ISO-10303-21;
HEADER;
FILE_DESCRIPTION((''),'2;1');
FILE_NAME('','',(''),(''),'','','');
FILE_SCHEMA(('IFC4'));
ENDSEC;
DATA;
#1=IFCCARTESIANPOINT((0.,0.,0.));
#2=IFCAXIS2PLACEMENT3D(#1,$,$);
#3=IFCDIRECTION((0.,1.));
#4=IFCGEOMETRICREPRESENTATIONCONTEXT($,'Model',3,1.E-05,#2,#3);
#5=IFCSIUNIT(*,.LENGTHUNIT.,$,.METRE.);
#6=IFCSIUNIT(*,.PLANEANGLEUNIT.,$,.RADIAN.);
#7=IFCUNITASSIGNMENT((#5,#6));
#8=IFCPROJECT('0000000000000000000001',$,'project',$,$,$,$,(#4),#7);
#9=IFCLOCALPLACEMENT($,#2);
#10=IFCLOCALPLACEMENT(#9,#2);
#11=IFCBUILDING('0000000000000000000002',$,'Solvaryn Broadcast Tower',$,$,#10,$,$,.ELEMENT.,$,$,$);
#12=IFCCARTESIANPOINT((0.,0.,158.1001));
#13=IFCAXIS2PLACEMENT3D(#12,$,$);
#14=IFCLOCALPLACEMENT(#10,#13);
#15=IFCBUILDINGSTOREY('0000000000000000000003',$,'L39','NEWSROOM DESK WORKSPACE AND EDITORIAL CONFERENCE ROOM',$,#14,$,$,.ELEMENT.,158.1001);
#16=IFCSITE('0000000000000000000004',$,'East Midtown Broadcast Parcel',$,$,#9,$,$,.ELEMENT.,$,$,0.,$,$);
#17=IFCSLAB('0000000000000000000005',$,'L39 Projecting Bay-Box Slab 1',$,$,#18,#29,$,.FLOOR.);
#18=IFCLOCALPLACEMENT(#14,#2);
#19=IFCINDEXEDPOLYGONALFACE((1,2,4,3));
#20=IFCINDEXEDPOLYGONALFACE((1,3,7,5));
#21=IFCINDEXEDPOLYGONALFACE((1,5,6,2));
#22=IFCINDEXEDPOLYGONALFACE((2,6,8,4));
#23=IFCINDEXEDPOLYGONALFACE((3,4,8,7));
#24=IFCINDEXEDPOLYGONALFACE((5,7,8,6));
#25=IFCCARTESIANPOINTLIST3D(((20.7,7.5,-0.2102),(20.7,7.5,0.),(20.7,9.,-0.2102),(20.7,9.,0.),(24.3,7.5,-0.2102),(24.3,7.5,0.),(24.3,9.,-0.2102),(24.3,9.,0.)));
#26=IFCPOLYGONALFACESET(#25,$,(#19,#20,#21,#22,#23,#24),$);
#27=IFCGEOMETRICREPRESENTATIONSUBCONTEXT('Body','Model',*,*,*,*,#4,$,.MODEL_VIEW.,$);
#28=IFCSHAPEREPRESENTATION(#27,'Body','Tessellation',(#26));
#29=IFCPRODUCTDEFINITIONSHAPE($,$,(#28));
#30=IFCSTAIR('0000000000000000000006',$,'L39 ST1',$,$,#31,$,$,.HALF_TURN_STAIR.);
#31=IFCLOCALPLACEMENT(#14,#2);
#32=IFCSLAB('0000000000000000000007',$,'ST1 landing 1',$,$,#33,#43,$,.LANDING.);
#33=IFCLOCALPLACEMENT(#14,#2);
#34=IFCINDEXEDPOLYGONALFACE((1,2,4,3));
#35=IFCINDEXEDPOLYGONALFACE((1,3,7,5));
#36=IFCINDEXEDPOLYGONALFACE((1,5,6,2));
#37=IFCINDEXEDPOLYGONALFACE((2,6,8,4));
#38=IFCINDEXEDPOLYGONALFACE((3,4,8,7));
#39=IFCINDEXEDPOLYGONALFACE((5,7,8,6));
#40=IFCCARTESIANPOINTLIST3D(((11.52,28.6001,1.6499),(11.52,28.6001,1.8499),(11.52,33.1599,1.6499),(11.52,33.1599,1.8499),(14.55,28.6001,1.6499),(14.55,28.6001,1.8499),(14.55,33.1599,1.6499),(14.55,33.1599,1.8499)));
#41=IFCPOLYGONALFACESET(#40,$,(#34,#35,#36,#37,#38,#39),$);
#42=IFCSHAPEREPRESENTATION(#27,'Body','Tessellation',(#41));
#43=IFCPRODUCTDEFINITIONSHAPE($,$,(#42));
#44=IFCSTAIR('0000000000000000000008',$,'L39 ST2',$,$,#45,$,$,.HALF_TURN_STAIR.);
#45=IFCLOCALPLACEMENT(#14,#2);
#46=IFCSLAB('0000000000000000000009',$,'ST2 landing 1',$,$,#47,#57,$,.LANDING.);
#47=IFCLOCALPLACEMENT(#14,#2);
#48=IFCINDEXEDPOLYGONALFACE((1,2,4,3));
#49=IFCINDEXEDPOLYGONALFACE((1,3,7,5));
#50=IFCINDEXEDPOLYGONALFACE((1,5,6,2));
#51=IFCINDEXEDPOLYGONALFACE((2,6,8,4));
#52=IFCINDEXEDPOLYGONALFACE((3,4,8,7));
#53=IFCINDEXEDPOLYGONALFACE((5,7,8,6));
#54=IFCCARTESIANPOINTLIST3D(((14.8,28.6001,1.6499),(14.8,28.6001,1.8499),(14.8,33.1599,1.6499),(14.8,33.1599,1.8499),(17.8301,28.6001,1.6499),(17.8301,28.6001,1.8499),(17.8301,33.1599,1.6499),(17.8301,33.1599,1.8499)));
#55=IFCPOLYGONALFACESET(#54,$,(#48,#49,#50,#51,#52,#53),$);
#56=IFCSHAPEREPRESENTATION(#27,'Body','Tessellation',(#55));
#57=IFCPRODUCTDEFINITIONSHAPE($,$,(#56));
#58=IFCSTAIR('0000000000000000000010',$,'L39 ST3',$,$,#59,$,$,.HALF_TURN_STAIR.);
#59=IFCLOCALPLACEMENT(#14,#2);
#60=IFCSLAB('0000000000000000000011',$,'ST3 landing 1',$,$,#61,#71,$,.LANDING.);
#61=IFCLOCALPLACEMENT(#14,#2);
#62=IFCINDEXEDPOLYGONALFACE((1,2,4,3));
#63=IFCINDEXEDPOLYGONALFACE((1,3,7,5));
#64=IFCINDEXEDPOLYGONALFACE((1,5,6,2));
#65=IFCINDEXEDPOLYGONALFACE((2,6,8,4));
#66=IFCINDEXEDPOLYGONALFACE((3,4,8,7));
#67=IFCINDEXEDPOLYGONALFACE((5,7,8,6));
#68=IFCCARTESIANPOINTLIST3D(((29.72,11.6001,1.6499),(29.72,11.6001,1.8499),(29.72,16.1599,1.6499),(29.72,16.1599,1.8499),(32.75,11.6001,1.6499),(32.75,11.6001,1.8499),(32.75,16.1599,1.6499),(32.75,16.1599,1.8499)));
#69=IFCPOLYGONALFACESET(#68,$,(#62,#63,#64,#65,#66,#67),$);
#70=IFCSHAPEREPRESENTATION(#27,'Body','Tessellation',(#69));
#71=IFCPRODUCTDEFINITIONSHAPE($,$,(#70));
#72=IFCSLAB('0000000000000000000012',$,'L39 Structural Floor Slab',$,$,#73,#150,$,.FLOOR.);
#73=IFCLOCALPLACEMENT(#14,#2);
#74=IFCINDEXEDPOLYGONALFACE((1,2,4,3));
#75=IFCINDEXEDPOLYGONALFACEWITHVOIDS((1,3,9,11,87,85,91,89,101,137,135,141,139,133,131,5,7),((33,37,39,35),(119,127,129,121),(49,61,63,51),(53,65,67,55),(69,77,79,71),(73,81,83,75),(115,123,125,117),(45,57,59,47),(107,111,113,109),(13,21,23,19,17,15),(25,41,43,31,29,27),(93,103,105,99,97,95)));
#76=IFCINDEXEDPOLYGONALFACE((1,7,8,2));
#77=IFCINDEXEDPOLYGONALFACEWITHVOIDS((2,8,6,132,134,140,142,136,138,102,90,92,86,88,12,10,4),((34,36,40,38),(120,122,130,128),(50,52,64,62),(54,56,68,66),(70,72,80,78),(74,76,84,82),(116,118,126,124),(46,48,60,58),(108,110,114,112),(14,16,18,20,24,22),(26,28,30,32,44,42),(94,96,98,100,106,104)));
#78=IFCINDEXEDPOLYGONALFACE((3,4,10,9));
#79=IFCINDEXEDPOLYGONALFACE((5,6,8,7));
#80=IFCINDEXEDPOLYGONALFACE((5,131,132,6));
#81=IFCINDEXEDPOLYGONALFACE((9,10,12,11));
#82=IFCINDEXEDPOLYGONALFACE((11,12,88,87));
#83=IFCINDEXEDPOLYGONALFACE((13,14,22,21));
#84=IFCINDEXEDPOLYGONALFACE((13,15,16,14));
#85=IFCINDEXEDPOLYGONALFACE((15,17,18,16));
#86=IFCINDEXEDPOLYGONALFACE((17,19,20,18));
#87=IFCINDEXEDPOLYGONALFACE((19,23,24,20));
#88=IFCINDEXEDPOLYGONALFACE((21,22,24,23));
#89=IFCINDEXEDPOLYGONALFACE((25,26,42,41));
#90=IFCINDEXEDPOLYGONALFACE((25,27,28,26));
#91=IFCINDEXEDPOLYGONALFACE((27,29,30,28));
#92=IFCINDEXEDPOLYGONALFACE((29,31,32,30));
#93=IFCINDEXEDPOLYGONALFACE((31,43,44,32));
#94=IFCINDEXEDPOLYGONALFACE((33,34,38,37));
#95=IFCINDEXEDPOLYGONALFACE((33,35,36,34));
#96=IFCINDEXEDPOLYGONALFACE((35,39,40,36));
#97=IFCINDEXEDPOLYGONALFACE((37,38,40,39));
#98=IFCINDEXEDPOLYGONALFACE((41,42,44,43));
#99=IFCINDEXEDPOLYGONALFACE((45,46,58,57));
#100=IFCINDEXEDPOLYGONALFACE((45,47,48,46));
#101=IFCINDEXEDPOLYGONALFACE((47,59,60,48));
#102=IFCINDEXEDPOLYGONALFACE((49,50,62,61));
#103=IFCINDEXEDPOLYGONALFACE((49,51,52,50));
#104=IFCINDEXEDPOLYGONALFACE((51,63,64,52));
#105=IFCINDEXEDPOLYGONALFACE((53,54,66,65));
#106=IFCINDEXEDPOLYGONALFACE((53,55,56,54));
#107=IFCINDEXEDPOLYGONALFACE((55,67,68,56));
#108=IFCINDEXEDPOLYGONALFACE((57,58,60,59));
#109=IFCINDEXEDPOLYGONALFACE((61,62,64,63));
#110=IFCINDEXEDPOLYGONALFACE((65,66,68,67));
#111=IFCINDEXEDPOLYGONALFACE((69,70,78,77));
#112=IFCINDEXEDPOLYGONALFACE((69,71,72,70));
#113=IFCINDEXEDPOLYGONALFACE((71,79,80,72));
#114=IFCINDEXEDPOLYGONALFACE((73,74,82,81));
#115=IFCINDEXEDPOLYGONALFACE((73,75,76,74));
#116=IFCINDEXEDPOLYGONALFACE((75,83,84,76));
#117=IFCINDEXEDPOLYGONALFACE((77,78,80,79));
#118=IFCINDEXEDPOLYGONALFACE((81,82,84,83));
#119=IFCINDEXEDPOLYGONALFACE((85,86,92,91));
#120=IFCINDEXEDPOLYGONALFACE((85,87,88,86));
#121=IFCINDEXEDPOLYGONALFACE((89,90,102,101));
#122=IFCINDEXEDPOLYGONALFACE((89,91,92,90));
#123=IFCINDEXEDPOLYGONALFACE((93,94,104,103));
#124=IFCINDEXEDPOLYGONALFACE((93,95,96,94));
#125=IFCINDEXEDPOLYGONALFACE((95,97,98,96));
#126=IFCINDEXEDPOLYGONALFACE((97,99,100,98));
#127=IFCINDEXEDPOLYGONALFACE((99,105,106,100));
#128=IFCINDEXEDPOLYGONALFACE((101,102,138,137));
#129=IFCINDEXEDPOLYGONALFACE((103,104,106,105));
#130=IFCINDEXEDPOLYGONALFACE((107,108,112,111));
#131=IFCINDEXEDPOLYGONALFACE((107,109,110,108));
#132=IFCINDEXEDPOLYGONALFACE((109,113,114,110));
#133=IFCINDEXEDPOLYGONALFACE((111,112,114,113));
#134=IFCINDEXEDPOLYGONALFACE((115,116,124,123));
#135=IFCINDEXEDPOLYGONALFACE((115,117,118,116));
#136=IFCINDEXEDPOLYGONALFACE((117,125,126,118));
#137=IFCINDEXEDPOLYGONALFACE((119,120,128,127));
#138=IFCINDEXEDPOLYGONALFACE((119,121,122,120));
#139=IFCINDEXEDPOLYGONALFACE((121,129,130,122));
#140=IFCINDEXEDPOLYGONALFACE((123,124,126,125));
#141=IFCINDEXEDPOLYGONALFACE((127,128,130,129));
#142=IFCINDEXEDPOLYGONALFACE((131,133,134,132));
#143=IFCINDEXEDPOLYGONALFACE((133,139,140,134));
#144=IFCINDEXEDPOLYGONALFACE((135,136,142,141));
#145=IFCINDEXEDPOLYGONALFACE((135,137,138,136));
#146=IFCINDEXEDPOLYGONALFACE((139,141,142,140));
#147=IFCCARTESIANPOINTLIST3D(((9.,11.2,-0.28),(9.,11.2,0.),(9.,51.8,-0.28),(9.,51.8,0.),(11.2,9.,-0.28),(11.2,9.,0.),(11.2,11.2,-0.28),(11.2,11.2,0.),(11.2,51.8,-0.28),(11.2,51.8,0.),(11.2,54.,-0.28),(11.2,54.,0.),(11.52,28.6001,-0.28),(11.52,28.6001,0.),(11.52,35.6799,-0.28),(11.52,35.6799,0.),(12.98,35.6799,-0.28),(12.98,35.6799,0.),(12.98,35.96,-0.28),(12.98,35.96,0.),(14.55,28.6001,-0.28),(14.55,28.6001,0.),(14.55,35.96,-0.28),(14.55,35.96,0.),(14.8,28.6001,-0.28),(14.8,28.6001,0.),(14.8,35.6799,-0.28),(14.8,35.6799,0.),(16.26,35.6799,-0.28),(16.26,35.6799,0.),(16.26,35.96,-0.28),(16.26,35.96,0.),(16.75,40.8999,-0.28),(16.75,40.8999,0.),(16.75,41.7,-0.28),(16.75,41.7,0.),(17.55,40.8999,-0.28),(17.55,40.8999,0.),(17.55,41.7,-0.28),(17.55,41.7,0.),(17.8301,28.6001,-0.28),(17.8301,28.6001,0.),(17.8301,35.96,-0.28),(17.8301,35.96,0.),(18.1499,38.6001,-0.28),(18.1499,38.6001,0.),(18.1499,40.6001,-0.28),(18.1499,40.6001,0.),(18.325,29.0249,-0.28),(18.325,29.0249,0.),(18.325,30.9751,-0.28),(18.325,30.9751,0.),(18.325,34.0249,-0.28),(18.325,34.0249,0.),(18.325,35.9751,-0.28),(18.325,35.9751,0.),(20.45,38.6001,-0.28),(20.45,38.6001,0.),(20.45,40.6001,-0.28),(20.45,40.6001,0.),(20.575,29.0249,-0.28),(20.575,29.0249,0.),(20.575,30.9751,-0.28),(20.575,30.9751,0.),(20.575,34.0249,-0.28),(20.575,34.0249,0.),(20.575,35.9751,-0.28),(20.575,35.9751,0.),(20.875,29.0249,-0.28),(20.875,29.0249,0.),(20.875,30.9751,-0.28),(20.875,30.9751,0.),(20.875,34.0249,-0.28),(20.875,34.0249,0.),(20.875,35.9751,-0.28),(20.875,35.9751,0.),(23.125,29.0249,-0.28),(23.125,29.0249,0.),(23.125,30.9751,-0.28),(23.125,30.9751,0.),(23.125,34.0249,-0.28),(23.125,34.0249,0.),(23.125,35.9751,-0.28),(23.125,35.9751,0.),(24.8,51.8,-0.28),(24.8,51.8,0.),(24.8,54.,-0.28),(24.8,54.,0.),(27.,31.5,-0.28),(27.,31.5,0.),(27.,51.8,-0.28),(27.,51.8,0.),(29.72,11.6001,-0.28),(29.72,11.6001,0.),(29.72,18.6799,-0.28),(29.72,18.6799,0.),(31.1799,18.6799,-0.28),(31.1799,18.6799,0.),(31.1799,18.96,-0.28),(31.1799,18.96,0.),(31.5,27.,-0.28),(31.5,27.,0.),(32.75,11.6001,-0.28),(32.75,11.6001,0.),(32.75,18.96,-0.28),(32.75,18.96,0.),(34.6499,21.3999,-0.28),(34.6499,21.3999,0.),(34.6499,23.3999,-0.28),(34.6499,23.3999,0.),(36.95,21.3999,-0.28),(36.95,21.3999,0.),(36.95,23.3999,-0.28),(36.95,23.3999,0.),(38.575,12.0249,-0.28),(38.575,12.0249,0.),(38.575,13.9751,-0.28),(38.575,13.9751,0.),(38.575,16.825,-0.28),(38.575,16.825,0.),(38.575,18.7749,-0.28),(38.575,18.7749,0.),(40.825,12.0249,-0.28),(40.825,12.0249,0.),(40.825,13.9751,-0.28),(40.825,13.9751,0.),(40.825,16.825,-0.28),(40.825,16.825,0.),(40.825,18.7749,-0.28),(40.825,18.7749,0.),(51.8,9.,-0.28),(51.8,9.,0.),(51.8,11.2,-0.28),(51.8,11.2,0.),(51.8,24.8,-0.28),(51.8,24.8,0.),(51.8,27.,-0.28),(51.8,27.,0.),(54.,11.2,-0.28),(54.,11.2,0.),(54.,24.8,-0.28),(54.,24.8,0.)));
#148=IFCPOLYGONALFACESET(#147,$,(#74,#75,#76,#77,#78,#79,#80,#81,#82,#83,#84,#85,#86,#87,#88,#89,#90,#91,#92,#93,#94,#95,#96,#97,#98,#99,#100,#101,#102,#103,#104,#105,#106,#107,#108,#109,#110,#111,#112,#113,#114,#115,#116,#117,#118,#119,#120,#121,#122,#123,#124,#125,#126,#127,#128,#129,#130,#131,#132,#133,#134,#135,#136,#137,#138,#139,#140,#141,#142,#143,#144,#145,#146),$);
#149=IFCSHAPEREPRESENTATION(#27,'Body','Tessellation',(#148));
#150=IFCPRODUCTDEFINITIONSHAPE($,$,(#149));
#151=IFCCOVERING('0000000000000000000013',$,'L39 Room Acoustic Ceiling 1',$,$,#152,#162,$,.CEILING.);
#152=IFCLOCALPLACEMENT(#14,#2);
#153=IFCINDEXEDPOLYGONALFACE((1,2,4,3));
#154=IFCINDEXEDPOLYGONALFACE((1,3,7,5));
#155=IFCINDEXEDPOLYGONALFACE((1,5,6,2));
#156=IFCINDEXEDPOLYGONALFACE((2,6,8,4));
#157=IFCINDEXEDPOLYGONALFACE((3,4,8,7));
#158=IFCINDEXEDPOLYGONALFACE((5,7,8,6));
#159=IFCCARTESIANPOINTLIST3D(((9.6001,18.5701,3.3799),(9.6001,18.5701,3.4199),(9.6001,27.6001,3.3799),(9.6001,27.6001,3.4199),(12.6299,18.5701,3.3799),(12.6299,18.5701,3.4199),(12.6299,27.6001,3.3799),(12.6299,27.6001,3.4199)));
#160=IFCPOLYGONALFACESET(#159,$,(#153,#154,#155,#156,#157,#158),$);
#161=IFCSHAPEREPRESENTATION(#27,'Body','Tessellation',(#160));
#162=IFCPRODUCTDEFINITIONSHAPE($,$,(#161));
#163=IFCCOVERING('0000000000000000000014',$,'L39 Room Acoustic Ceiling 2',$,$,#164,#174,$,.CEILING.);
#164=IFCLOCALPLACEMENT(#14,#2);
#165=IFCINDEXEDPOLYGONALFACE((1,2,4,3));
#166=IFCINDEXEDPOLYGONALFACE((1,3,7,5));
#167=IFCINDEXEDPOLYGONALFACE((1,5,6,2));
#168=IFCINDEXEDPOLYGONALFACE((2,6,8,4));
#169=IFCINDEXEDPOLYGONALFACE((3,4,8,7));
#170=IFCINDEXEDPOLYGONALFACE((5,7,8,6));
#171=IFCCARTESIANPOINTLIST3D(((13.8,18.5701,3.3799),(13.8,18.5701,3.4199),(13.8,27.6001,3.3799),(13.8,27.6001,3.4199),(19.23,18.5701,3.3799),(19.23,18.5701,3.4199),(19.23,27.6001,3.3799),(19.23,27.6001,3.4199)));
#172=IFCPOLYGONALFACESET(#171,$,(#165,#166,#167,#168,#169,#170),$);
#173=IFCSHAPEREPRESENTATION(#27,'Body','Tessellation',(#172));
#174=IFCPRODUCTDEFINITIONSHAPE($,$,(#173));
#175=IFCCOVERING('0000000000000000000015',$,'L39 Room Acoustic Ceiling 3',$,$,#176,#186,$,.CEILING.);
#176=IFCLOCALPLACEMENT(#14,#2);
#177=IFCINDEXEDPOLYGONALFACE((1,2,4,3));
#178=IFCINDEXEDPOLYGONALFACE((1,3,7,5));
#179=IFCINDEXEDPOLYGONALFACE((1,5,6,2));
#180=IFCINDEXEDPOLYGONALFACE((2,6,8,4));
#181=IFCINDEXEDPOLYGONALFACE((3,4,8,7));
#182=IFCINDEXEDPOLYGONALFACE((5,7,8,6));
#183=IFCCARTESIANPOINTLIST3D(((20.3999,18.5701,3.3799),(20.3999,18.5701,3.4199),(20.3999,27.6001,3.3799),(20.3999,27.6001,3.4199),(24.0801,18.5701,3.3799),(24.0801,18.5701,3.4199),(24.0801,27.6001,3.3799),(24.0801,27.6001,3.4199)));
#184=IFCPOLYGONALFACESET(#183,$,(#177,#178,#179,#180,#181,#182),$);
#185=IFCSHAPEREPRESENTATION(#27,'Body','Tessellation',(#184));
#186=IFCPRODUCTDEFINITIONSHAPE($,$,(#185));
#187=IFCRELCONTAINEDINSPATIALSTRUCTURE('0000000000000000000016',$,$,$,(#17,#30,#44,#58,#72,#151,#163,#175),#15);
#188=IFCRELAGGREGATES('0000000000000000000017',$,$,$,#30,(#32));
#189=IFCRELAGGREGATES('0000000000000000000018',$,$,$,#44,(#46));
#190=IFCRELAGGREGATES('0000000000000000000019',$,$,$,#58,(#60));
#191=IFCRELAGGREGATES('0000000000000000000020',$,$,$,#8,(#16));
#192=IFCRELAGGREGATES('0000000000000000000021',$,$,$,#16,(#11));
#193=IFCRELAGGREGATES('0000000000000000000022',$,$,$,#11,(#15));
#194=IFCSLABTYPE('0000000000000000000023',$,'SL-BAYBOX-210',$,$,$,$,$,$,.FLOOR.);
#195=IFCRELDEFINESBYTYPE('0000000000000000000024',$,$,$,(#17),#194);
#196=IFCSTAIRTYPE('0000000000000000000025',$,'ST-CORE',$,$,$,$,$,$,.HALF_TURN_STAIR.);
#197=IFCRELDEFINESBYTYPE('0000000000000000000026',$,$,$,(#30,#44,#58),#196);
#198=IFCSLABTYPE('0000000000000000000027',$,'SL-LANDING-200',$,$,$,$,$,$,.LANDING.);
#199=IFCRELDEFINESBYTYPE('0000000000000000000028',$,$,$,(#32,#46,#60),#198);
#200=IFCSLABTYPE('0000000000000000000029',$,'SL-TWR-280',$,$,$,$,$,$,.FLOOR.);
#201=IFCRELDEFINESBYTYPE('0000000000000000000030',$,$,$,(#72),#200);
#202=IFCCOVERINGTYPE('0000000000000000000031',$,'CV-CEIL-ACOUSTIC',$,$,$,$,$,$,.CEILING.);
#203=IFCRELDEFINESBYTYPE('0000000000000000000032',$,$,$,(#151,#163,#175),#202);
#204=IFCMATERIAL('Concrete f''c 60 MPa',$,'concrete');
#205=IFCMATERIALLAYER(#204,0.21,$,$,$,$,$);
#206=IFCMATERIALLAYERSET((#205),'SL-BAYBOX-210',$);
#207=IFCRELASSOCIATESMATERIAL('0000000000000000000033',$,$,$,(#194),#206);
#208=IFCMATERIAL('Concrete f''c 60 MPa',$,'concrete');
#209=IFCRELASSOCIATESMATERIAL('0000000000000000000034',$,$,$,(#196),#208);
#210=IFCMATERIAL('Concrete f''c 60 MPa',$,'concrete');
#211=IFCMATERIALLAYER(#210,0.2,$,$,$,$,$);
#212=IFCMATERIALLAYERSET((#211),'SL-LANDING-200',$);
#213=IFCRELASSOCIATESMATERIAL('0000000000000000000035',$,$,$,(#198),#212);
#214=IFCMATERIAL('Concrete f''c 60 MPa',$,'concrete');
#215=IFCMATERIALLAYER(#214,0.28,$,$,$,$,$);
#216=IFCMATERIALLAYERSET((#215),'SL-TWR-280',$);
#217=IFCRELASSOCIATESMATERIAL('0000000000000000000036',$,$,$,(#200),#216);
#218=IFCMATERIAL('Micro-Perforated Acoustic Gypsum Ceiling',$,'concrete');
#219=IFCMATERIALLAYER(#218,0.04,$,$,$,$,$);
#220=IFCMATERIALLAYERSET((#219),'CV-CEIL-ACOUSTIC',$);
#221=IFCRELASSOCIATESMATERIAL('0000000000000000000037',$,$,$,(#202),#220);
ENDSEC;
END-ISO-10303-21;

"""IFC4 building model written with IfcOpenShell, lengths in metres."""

from ifc_helpers import new_model, si_unit, direction, frame, origin, place, context, subcontext, project, spatial, polyline, outline, extrude, material, layer, layer_set, type_object, element, aggregate, save


model = new_model("IFC4")

# Units and contexts
model_context = context("Model", 3, precision=1e-05, world=origin(), true_north=direction((0.0, 1.0)))
body_context = subcontext(model_context, "Body", "Model", "MODEL_VIEW")
ifc_project = project(units=[si_unit("LENGTHUNIT", "METRE"), si_unit("PLANEANGLEUNIT", "RADIAN")], contexts=[model_context])

# Site, building, storey
site_placement = place(None, origin())
site = spatial("IfcSite", under=ifc_project, at=site_placement, Name="East Midtown Broadcast Parcel", CompositionType="ELEMENT", RefElevation=0.0)
building_placement = place(site_placement, origin())
building = spatial("IfcBuilding", under=site, at=building_placement, Name="Solvaryn Broadcast Tower", CompositionType="ELEMENT")
storey_placement = place(building_placement, frame((0.0, 0.0, 158.1001)))
storey = spatial("IfcBuildingStorey", under=building, at=storey_placement, Name="L39", Description="NEWSROOM DESK WORKSPACE AND EDITORIAL CONFERENCE ROOM", CompositionType="ELEMENT", Elevation=158.1001)

# Slab
ifc_material_1 = material(Name="Concrete f'c 60 MPa", Category="concrete")
ifc_layer_1 = layer(ifc_material_1, 0.21)
ifc_layer_set_1 = layer_set([ifc_layer_1], Name="SL-BAYBOX-210")
slab_type_1 = type_object("IfcSlabType", Name="SL-BAYBOX-210", PredefinedType="FLOOR", material=ifc_layer_set_1)
slab_1_placement = place(storey_placement, frame((0.0, 0.0, -0.2102)))
element("IfcSlab", 1, at=slab_1_placement, inside=storey, type_object=slab_type_1, Name="L39 Projecting Bay-Box Slab 1", PredefinedType="FLOOR", context=body_context, shape_type="SweptSolid", body=[
    extrude(outline(polyline([(20.7, 7.5), (24.3, 7.5), (24.3, 9.0), (20.7, 9.0), (20.7, 7.5)])), origin(), (0.0, 0.0, 1.0), 0.2102),
])

# Stairs, slabs
ifc_material_2 = material(Name="Concrete f'c 60 MPa", Category="concrete")
stair_type = type_object("IfcStairType", Name="ST-CORE", PredefinedType="HALF_TURN_STAIR", material=ifc_material_2)
stair_1_placement = place(storey_placement, origin())
stair_1 = element("IfcStair", 2, at=stair_1_placement, inside=storey, type_object=stair_type, Name="L39 ST1", PredefinedType="HALF_TURN_STAIR")
ifc_material_3 = material(Name="Concrete f'c 60 MPa", Category="concrete")
ifc_layer_2 = layer(ifc_material_3, 0.2)
ifc_layer_set_2 = layer_set([ifc_layer_2], Name="SL-LANDING-200")
slab_type_2 = type_object("IfcSlabType", Name="SL-LANDING-200", PredefinedType="LANDING", material=ifc_layer_set_2)
slab_2_placement = place(storey_placement, frame((0.0, 0.0, 1.6499)))
slab_2 = element("IfcSlab", 3, at=slab_2_placement, type_object=slab_type_2, Name="ST1 landing 1", PredefinedType="LANDING", context=body_context, shape_type="SweptSolid", body=[
    extrude(outline(polyline([(11.52, 33.1599), (11.52, 28.6001), (14.55, 28.6001), (14.55, 33.1599), (11.52, 33.1599)])), origin(), (0.0, 0.0, 1.0), 0.2),
])
aggregate(stair_1, [slab_2])
stair_2_placement = place(storey_placement, origin())
stair_2 = element("IfcStair", 4, at=stair_2_placement, inside=storey, type_object=stair_type, Name="L39 ST2", PredefinedType="HALF_TURN_STAIR")
slab_3_placement = place(storey_placement, frame((0.0, 0.0, 1.6499)))
slab_3 = element("IfcSlab", 5, at=slab_3_placement, type_object=slab_type_2, Name="ST2 landing 1", PredefinedType="LANDING", context=body_context, shape_type="SweptSolid", body=[
    extrude(outline(polyline([(14.8, 33.1599), (14.8, 28.6001), (17.8301, 28.6001), (17.8301, 33.1599), (14.8, 33.1599)])), origin(), (0.0, 0.0, 1.0), 0.2),
])
aggregate(stair_2, [slab_3])
stair_3_placement = place(storey_placement, origin())
stair_3 = element("IfcStair", 6, at=stair_3_placement, inside=storey, type_object=stair_type, Name="L39 ST3", PredefinedType="HALF_TURN_STAIR")
slab_4_placement = place(storey_placement, frame((0.0, 0.0, 1.6499)))
slab_4 = element("IfcSlab", 7, at=slab_4_placement, type_object=slab_type_2, Name="ST3 landing 1", PredefinedType="LANDING", context=body_context, shape_type="SweptSolid", body=[
    extrude(outline(polyline([(29.72, 16.1599), (29.72, 11.6001), (32.75, 11.6001), (32.75, 16.1599), (29.72, 16.1599)])), origin(), (0.0, 0.0, 1.0), 0.2),
])
aggregate(stair_3, [slab_4])

# Slab
ifc_material_4 = material(Name="Concrete f'c 60 MPa", Category="concrete")
ifc_layer_3 = layer(ifc_material_4, 0.28)
ifc_layer_set_3 = layer_set([ifc_layer_3], Name="SL-TWR-280")
slab_type_3 = type_object("IfcSlabType", Name="SL-TWR-280", PredefinedType="FLOOR", material=ifc_layer_set_3)
slab_5_placement = place(storey_placement, frame((0.0, 0.0, -0.28)))
element("IfcSlab", 8, at=slab_5_placement, inside=storey, type_object=slab_type_3, Name="L39 Structural Floor Slab", PredefinedType="FLOOR", context=body_context, shape_type="SweptSolid", body=[
    extrude(outline(polyline([(11.2, 9.0), (51.8, 9.0), (51.8, 11.2), (54.0, 11.2), (54.0, 24.8), (51.8, 24.8), (51.8, 27.0), (31.5, 27.0), (27.0, 31.5), (27.0, 51.8), (24.8, 51.8), (24.8, 54.0), (11.2, 54.0), (11.2, 51.8), (9.0, 51.8), (9.0, 11.2), (11.2, 11.2), (11.2, 9.0)]), holes=[polyline([(11.52, 28.6001), (14.55, 28.6001), (14.55, 35.96), (12.98, 35.96), (12.98, 35.6799), (11.52, 35.6799), (11.52, 28.6001)]), polyline([(14.8, 28.6001), (17.8301, 28.6001), (17.8301, 35.96), (16.26, 35.96), (16.26, 35.6799), (14.8, 35.6799), (14.8, 28.6001)]), polyline([(29.72, 11.6001), (32.75, 11.6001), (32.75, 18.96), (31.1799, 18.96), (31.1799, 18.6799), (29.72, 18.6799), (29.72, 11.6001)]), polyline([(18.1499, 38.6001), (20.45, 38.6001), (20.45, 40.6001), (18.1499, 40.6001), (18.1499, 38.6001)]), polyline([(18.325, 29.0249), (20.575, 29.0249), (20.575, 30.9751), (18.325, 30.9751), (18.325, 29.0249)]), polyline([(20.875, 29.0249), (23.125, 29.0249), (23.125, 30.9751), (20.875, 30.9751), (20.875, 29.0249)]), polyline([(18.325, 34.0249), (20.575, 34.0249), (20.575, 35.9751), (18.325, 35.9751), (18.325, 34.0249)]), polyline([(20.875, 34.0249), (23.125, 34.0249), (23.125, 35.9751), (20.875, 35.9751), (20.875, 34.0249)]), polyline([(34.6499, 21.3999), (36.95, 21.3999), (36.95, 23.3999), (34.6499, 23.3999), (34.6499, 21.3999)]), polyline([(38.575, 12.0249), (40.825, 12.0249), (40.825, 13.9751), (38.575, 13.9751), (38.575, 12.0249)]), polyline([(38.575, 16.825), (40.825, 16.825), (40.825, 18.7749), (38.575, 18.7749), (38.575, 16.825)]), polyline([(16.75, 40.8999), (17.55, 40.8999), (17.55, 41.7), (16.75, 41.7), (16.75, 40.8999)])]), origin(), (0.0, 0.0, 1.0), 0.28),
])

# Coverings
ifc_material_5 = material(Name="Micro-Perforated Acoustic Gypsum Ceiling", Category="concrete")
ifc_layer_4 = layer(ifc_material_5, 0.04)
ifc_layer_set_4 = layer_set([ifc_layer_4], Name="CV-CEIL-ACOUSTIC")
covering_type_1 = type_object("IfcCoveringType", Name="CV-CEIL-ACOUSTIC", PredefinedType="CEILING", material=ifc_layer_set_4)
covering_1_placement = place(storey_placement, frame((0.0, 0.0, 3.3799)))
element("IfcCovering", 9, at=covering_1_placement, inside=storey, type_object=covering_type_1, Name="L39 Room Acoustic Ceiling 1", PredefinedType="CEILING", context=body_context, shape_type="SweptSolid", body=[
    extrude(outline(polyline([(9.6001, 18.5701), (12.6299, 18.5701), (12.6299, 27.6001), (9.6001, 27.6001), (9.6001, 18.5701)])), origin(), (0.0, 0.0, 1.0), 0.04),
])
covering_2_placement = place(storey_placement, frame((0.0, 0.0, 3.3799)))
element("IfcCovering", 10, at=covering_2_placement, inside=storey, type_object=covering_type_1, Name="L39 Room Acoustic Ceiling 2", PredefinedType="CEILING", context=body_context, shape_type="SweptSolid", body=[
    extrude(outline(polyline([(13.8, 18.5701), (19.23, 18.5701), (19.23, 27.6001), (13.8, 27.6001), (13.8, 18.5701)])), origin(), (0.0, 0.0, 1.0), 0.04),
])
covering_3_placement = place(storey_placement, frame((0.0, 0.0, 3.3799)))
element("IfcCovering", 11, at=covering_3_placement, inside=storey, type_object=covering_type_1, Name="L39 Room Acoustic Ceiling 3", PredefinedType="CEILING", context=body_context, shape_type="SweptSolid", body=[
    extrude(outline(polyline([(20.3999, 18.5701), (24.0801, 18.5701), (24.0801, 27.6001), (20.3999, 27.6001), (20.3999, 18.5701)])), origin(), (0.0, 0.0, 1.0), 0.04),
])

save(model, "model.ifc")
